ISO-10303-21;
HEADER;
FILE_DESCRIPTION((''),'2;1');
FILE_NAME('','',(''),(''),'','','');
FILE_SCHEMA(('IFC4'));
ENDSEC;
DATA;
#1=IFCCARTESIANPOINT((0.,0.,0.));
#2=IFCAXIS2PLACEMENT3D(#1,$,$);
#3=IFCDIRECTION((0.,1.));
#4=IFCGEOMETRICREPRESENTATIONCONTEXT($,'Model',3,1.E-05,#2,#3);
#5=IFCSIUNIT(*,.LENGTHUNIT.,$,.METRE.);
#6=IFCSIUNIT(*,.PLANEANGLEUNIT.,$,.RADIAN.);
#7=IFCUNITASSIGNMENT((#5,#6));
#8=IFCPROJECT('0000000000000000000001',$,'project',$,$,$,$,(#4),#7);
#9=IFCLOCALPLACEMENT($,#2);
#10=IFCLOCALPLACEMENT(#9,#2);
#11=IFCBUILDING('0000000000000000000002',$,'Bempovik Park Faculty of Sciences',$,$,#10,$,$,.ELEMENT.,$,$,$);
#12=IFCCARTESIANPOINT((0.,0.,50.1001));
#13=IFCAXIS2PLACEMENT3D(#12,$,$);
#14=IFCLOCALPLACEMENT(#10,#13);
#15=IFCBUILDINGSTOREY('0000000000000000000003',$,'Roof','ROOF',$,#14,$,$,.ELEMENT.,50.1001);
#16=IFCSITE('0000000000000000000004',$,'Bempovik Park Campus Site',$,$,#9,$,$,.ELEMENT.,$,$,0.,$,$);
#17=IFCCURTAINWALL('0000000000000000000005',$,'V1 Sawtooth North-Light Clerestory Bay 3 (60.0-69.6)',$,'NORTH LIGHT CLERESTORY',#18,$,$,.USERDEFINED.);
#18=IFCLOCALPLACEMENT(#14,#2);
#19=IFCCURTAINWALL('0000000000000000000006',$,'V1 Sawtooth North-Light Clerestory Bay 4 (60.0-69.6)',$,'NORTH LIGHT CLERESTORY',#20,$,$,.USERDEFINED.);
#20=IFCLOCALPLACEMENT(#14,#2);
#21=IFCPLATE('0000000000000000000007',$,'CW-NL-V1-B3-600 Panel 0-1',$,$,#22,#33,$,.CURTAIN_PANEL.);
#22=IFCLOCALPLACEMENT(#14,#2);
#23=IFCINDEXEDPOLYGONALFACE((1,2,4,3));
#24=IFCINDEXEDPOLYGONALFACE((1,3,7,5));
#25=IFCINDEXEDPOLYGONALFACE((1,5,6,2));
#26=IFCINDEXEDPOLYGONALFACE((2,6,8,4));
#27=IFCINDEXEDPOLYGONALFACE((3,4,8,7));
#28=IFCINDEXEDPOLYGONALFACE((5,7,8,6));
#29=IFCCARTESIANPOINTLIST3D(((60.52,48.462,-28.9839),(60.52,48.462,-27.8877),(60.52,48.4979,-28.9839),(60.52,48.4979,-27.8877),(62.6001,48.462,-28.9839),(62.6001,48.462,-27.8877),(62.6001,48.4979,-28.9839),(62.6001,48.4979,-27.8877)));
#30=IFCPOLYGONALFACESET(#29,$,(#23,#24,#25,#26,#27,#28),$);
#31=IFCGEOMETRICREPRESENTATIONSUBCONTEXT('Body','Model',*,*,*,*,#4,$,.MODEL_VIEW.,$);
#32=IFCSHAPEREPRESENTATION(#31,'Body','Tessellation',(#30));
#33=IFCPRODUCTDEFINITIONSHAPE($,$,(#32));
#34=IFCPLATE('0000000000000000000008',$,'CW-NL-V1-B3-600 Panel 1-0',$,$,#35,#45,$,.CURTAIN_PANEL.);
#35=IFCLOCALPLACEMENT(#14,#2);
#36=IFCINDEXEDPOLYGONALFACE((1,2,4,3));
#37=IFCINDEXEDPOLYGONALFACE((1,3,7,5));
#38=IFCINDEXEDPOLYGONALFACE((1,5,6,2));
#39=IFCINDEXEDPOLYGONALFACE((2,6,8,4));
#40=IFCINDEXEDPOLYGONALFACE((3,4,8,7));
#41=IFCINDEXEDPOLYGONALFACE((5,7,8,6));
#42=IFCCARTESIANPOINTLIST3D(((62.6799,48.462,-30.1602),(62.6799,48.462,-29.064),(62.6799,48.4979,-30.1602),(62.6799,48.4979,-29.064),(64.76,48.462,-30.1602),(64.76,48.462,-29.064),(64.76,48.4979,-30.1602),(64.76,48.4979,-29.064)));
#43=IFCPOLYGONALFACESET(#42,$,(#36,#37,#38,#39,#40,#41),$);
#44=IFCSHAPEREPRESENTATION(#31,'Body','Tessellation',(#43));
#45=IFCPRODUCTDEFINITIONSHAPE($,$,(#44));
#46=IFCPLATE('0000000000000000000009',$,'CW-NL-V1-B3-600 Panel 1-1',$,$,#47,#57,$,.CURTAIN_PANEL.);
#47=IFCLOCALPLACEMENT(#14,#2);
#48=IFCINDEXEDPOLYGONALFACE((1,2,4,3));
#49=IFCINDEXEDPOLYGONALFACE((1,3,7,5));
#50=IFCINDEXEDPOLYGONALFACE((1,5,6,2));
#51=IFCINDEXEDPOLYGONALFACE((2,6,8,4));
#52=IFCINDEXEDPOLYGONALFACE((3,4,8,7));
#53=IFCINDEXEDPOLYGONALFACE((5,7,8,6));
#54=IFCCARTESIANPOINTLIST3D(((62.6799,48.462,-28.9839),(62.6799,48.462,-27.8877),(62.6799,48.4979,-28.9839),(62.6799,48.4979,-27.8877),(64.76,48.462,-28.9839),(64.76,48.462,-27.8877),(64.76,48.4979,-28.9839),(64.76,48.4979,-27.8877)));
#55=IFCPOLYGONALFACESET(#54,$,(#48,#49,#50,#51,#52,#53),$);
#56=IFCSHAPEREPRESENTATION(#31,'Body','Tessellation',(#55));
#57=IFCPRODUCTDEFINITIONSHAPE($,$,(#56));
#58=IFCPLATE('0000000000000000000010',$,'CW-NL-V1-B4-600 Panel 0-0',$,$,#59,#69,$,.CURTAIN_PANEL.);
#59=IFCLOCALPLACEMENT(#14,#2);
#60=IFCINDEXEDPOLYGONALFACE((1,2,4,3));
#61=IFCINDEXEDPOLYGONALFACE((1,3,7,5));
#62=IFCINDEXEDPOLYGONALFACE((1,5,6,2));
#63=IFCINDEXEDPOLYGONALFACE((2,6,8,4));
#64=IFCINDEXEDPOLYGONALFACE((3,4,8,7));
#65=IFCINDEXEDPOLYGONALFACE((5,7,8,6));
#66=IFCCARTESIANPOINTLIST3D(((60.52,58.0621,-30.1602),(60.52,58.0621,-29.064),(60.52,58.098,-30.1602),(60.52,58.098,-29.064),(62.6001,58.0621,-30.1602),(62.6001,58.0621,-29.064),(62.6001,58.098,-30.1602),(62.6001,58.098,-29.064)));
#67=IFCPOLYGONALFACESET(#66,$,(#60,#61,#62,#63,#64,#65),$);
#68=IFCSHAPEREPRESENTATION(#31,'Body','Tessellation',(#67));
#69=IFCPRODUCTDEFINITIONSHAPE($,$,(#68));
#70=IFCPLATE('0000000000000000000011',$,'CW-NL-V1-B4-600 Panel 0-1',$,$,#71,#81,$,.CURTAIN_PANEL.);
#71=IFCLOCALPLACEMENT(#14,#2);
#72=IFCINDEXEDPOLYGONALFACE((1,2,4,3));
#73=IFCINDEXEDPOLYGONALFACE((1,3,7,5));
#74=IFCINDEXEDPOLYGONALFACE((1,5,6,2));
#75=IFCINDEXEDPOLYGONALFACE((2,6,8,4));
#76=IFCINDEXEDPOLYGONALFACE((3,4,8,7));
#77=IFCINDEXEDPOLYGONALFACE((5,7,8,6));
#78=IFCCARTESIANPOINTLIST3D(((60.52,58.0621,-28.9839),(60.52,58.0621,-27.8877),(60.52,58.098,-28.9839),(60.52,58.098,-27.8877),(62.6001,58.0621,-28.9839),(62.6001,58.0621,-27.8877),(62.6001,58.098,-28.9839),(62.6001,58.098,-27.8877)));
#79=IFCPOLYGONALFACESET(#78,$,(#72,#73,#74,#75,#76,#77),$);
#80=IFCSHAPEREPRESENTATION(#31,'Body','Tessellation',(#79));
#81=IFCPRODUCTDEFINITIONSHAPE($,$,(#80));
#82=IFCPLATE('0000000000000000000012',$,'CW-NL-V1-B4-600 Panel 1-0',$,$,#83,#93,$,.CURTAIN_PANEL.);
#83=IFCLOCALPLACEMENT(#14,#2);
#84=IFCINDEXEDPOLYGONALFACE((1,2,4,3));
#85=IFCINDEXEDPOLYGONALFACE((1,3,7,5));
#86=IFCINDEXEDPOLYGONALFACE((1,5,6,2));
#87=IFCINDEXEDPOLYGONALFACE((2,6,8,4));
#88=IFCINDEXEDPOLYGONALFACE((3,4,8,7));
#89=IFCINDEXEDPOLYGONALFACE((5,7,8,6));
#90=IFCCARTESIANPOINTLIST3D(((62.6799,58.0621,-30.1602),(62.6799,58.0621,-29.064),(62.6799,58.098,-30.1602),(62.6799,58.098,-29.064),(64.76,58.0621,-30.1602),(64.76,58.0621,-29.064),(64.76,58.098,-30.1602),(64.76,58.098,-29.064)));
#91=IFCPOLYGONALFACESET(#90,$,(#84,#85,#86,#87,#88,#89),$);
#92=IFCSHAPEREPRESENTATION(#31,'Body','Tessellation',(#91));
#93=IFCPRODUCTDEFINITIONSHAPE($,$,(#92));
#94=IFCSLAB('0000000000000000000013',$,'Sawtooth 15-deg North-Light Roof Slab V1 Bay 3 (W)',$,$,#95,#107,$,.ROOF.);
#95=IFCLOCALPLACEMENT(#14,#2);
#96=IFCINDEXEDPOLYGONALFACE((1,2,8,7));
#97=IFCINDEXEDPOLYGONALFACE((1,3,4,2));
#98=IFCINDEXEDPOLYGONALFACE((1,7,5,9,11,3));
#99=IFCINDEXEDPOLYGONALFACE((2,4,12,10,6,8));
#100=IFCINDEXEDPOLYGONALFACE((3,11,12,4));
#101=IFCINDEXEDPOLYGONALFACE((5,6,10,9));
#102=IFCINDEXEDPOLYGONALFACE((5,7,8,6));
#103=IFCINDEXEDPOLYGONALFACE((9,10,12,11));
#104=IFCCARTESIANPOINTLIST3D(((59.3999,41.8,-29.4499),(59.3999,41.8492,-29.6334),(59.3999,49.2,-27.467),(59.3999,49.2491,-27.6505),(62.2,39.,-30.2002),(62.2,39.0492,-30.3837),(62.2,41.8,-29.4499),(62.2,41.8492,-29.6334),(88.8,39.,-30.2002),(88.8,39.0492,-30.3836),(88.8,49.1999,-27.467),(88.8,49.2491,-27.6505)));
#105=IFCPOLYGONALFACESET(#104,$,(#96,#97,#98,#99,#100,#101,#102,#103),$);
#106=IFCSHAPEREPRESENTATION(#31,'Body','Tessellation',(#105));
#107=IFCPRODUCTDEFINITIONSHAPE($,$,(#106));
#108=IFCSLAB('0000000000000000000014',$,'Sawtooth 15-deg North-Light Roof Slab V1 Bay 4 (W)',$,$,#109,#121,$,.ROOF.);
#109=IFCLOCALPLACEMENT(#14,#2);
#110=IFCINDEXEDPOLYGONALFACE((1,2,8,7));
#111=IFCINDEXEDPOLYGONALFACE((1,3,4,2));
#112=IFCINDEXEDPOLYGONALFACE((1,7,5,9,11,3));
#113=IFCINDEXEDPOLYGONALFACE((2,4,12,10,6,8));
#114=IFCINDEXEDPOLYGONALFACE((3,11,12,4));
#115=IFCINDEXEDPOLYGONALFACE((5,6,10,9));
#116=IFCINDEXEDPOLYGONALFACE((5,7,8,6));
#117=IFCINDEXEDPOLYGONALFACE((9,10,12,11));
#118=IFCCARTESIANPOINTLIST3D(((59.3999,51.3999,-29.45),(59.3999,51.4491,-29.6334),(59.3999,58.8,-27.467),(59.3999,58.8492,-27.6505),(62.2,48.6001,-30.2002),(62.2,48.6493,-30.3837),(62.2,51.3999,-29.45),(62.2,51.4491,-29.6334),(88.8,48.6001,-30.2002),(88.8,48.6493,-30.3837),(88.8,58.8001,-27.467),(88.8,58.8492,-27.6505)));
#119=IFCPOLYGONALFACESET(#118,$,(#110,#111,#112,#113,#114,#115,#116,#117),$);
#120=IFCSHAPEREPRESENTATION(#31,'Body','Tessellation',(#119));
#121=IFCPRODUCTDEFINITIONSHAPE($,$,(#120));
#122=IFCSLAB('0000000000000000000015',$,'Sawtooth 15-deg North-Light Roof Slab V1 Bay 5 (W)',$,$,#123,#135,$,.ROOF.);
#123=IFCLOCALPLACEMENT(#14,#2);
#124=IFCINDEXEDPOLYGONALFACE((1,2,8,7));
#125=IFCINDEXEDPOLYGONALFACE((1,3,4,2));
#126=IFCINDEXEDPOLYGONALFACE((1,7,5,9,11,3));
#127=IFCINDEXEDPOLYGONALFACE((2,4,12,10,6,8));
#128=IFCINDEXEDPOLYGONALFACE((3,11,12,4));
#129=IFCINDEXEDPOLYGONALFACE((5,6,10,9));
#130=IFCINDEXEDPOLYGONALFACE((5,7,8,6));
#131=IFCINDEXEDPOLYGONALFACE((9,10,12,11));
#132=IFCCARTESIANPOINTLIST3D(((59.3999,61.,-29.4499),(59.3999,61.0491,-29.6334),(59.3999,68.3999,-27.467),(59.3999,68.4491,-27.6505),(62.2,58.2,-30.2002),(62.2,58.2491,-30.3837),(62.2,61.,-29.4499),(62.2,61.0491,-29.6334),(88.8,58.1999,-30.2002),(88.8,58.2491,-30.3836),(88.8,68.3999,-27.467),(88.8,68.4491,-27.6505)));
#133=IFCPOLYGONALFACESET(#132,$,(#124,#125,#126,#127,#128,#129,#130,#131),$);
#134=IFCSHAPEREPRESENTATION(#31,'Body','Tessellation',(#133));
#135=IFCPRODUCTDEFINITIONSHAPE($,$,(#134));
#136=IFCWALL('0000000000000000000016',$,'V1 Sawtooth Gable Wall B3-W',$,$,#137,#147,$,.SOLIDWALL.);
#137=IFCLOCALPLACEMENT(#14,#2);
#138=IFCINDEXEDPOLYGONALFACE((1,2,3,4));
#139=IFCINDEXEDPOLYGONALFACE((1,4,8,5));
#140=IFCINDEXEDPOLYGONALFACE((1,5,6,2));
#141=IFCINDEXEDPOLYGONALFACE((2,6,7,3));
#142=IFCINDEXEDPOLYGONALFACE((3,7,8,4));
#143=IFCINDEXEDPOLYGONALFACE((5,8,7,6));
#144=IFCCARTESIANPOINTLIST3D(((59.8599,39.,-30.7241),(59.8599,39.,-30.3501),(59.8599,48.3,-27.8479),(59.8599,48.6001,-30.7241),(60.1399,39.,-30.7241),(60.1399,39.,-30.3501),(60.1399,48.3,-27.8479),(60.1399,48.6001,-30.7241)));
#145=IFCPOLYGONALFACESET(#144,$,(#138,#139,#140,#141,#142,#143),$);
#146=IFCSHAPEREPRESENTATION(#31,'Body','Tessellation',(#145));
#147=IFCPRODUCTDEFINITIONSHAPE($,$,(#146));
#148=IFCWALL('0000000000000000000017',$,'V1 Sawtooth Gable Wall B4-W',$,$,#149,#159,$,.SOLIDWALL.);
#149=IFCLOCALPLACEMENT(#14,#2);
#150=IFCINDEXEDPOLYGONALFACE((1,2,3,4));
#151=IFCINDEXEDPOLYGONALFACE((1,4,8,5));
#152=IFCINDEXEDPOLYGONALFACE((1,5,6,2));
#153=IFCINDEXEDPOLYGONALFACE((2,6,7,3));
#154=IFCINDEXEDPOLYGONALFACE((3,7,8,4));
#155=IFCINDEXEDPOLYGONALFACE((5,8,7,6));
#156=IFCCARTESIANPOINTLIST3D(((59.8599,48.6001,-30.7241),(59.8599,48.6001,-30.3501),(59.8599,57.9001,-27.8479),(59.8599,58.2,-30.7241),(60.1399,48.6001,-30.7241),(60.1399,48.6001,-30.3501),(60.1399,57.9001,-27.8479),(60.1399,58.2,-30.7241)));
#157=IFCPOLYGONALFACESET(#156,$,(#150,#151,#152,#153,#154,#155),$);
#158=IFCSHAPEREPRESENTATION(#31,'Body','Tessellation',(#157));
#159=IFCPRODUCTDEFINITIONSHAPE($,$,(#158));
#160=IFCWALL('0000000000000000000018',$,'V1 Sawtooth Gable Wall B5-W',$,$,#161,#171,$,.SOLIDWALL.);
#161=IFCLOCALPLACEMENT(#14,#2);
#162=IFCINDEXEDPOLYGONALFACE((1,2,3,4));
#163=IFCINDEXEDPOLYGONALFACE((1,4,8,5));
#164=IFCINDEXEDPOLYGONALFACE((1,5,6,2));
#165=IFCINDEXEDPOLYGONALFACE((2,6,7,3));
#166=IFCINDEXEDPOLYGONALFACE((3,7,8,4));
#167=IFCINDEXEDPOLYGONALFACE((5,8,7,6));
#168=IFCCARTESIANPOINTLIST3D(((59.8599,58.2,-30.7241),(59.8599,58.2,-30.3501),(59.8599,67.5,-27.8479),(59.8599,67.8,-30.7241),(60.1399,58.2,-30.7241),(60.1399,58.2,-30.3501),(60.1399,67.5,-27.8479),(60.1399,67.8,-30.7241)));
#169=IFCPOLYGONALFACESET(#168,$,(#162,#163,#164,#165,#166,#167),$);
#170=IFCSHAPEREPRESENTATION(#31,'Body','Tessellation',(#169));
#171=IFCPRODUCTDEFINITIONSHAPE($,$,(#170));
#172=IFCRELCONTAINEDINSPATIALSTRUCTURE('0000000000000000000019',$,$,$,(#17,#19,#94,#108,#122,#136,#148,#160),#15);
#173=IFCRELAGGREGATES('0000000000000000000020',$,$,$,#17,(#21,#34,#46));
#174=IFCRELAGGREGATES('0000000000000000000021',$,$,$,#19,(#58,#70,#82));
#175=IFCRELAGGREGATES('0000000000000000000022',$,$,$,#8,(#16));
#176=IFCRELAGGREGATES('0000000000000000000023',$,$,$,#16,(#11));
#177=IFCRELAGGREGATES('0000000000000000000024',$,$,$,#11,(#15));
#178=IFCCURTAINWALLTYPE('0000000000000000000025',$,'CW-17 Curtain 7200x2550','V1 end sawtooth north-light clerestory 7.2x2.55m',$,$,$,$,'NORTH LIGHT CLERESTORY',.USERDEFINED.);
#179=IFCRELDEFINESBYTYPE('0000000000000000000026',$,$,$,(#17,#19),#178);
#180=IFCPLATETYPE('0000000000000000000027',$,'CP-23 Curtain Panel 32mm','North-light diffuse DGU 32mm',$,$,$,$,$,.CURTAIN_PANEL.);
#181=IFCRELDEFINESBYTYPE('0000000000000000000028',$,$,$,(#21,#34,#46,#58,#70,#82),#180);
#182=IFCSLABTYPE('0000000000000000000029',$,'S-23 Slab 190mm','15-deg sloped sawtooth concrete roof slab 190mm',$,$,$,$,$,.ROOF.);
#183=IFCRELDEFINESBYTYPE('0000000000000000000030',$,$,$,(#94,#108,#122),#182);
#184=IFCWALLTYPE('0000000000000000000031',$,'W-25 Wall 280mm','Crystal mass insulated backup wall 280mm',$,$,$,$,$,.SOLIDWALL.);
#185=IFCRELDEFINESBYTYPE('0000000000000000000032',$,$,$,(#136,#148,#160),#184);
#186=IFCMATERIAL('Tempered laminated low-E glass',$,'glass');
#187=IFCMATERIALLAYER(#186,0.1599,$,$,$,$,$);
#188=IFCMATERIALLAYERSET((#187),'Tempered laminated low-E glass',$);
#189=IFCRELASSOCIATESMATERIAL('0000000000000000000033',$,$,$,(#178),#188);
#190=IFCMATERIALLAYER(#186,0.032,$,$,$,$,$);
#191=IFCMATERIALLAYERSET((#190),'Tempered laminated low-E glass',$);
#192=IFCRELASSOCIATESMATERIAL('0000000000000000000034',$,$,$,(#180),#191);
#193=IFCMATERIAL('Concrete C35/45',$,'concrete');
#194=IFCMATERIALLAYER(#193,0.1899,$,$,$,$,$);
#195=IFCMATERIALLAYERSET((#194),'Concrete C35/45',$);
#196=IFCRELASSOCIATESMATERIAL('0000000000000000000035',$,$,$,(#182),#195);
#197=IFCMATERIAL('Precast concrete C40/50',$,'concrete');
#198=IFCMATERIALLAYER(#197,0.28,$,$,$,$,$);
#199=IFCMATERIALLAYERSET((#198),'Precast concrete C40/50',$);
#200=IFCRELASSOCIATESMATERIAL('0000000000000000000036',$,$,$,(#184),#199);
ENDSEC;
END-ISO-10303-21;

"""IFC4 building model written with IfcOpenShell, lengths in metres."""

from ifc_helpers import new_model, si_unit, direction, frame, origin, origin_2d, place, context, subcontext, project, spatial, polyline, rectangle, outline, extrude, material, layer, layer_set, type_object, element, aggregate, save


model = new_model("IFC4")

# Units and contexts
model_context = context("Model", 3, precision=1e-05, world=origin(), true_north=direction((0.0, 1.0)))
body_context = subcontext(model_context, "Body", "Model", "MODEL_VIEW")
ifc_project = project(units=[si_unit("LENGTHUNIT", "METRE"), si_unit("PLANEANGLEUNIT", "RADIAN")], contexts=[model_context])

# Site, building, storey
site_placement = place(None, origin())
site = spatial("IfcSite", under=ifc_project, at=site_placement, Name="Bempovik Park Campus Site", CompositionType="ELEMENT", RefElevation=0.0)
building_placement = place(site_placement, origin())
building = spatial("IfcBuilding", under=site, at=building_placement, Name="Bempovik Park Faculty of Sciences", CompositionType="ELEMENT")
storey_placement = place(building_placement, frame((0.0, 0.0, 50.1001)))
storey = spatial("IfcBuildingStorey", under=building, at=storey_placement, Name="Roof", Description="ROOF", CompositionType="ELEMENT", Elevation=50.1001)

# Curtain walls
ifc_material_1 = material(Name="Tempered laminated low-E glass", Category="glass")
ifc_layer_1 = layer(ifc_material_1, 0.1599)
ifc_layer_set_1 = layer_set([ifc_layer_1], Name="Tempered laminated low-E glass")
curtain_wall_type = type_object("IfcCurtainWallType", Name="CW-17 Curtain 7200x2550", Description="V1 end sawtooth north-light clerestory 7.2x2.55m", ElementType="NORTH LIGHT CLERESTORY", PredefinedType="USERDEFINED", material=ifc_layer_set_1)
curtain_wall_1_placement = place(storey_placement, origin())
curtain_wall_1 = element("IfcCurtainWall", 1, at=curtain_wall_1_placement, inside=storey, type_object=curtain_wall_type, Name="V1 Sawtooth North-Light Clerestory Bay 3 (60.0-69.6)", ObjectType="NORTH LIGHT CLERESTORY", PredefinedType="USERDEFINED")
curtain_wall_2_placement = place(storey_placement, origin())
curtain_wall_2 = element("IfcCurtainWall", 2, at=curtain_wall_2_placement, inside=storey, type_object=curtain_wall_type, Name="V1 Sawtooth North-Light Clerestory Bay 4 (60.0-69.6)", ObjectType="NORTH LIGHT CLERESTORY", PredefinedType="USERDEFINED")

# Shared definitions
ifc_layer_2 = layer(ifc_material_1, 0.032)
ifc_layer_set_2 = layer_set([ifc_layer_2], Name="Tempered laminated low-E glass")
plate_type = type_object("IfcPlateType", Name="CP-23 Curtain Panel 32mm", Description="North-light diffuse DGU 32mm", PredefinedType="CURTAIN_PANEL", material=ifc_layer_set_2)

# Plates
plate_1_placement = place(storey_placement, frame((61.5601, 48.48, -28.9839), z_axis=(0.0, 0.0, 1.0), x_axis=(1.0, 0.0, 0.0)))
plate_1 = element("IfcPlate", 3, at=plate_1_placement, type_object=plate_type, Name="CW-NL-V1-B3-600 Panel 0-1", PredefinedType="CURTAIN_PANEL", context=body_context, shape_type="SweptSolid", body=[
    extrude(rectangle(XDim=2.0801, YDim=0.0359, at=origin_2d()), origin(), (0.0, 0.0, 1.0), 1.0962),
])
plate_2_placement = place(storey_placement, frame((63.72, 48.48, -30.1602), z_axis=(0.0, 0.0, 1.0), x_axis=(1.0, 0.0, 0.0)))
plate_2 = element("IfcPlate", 4, at=plate_2_placement, type_object=plate_type, Name="CW-NL-V1-B3-600 Panel 1-0", PredefinedType="CURTAIN_PANEL", context=body_context, shape_type="SweptSolid", body=[
    extrude(rectangle(XDim=2.0801, YDim=0.0359, at=origin_2d()), origin(), (0.0, 0.0, 1.0), 1.0962),
])
plate_3_placement = place(storey_placement, frame((63.72, 48.48, -28.9839), z_axis=(0.0, 0.0, 1.0), x_axis=(1.0, 0.0, 0.0)))
plate_3 = element("IfcPlate", 5, at=plate_3_placement, type_object=plate_type, Name="CW-NL-V1-B3-600 Panel 1-1", PredefinedType="CURTAIN_PANEL", context=body_context, shape_type="SweptSolid", body=[
    extrude(rectangle(XDim=2.0801, YDim=0.0359, at=origin_2d()), origin(), (0.0, 0.0, 1.0), 1.0962),
])
aggregate(curtain_wall_1, [plate_1, plate_2, plate_3])
plate_4_placement = place(storey_placement, frame((61.5601, 58.0801, -30.1602), z_axis=(0.0, 0.0, 1.0), x_axis=(1.0, 0.0, 0.0)))
plate_4 = element("IfcPlate", 6, at=plate_4_placement, type_object=plate_type, Name="CW-NL-V1-B4-600 Panel 0-0", PredefinedType="CURTAIN_PANEL", context=body_context, shape_type="SweptSolid", body=[
    extrude(rectangle(XDim=2.0801, YDim=0.0359, at=origin_2d()), origin(), (0.0, 0.0, 1.0), 1.0962),
])
plate_5_placement = place(storey_placement, frame((61.5601, 58.0801, -28.9839), z_axis=(0.0, 0.0, 1.0), x_axis=(1.0, 0.0, 0.0)))
plate_5 = element("IfcPlate", 7, at=plate_5_placement, type_object=plate_type, Name="CW-NL-V1-B4-600 Panel 0-1", PredefinedType="CURTAIN_PANEL", context=body_context, shape_type="SweptSolid", body=[
    extrude(rectangle(XDim=2.0801, YDim=0.0359, at=origin_2d()), origin(), (0.0, 0.0, 1.0), 1.0962),
])
plate_6_placement = place(storey_placement, frame((63.72, 58.0801, -30.1602), z_axis=(0.0, 0.0, 1.0), x_axis=(1.0, 0.0, 0.0)))
plate_6 = element("IfcPlate", 8, at=plate_6_placement, type_object=plate_type, Name="CW-NL-V1-B4-600 Panel 1-0", PredefinedType="CURTAIN_PANEL", context=body_context, shape_type="SweptSolid", body=[
    extrude(rectangle(XDim=2.0801, YDim=0.0359, at=origin_2d()), origin(), (0.0, 0.0, 1.0), 1.0962),
])
aggregate(curtain_wall_2, [plate_4, plate_5, plate_6])

# Slabs
ifc_material_2 = material(Name="Concrete C35/45", Category="concrete")
ifc_layer_3 = layer(ifc_material_2, 0.1899)
ifc_layer_set_3 = layer_set([ifc_layer_3], Name="Concrete C35/45")
slab_type = type_object("IfcSlabType", Name="S-23 Slab 190mm", Description="15-deg sloped sawtooth concrete roof slab 190mm", PredefinedType="ROOF", material=ifc_layer_set_3)
slab_1_placement = place(storey_placement, frame((62.2, 39.0, -30.2002), z_axis=(-0.000001, -0.258827, 0.965924), x_axis=(1.0, 0.0, 0.000001)))
element("IfcSlab", 9, at=slab_1_placement, inside=storey, type_object=slab_type, Name="Sawtooth 15-deg North-Light Roof Slab V1 Bay 3 (W)", PredefinedType="ROOF", context=body_context, shape_type="SweptSolid", body=[
    extrude(outline(polyline([(0.0, 0.0), (26.6001, 0.0), (26.6001, 10.5598), (-2.8, 10.5598), (-2.8, 2.8988), (0.0, 2.8988), (0.0, 0.0)])), origin(), (0.0, 0.0, -1.0), 0.1899),
])
slab_2_placement = place(storey_placement, frame((62.2, 48.6001, -30.2002), z_axis=(0.0, -0.258826, 0.965924), x_axis=(1.0, 0.0, 0.0)))
element("IfcSlab", 10, at=slab_2_placement, inside=storey, type_object=slab_type, Name="Sawtooth 15-deg North-Light Roof Slab V1 Bay 4 (W)", PredefinedType="ROOF", context=body_context, shape_type="SweptSolid", body=[
    extrude(outline(polyline([(0.0, 0.0), (26.6001, 0.0), (26.6001, 10.5598), (-2.8, 10.5598), (-2.8, 2.8986), (0.0, 2.8986), (0.0, 0.0)])), origin(), (0.0, 0.0, -1.0), 0.1899),
])
slab_3_placement = place(storey_placement, frame((62.2, 58.2, -30.2002), z_axis=(-0.000001, -0.258827, 0.965924), x_axis=(1.0, 0.0, 0.000001)))
element("IfcSlab", 11, at=slab_3_placement, inside=storey, type_object=slab_type, Name="Sawtooth 15-deg North-Light Roof Slab V1 Bay 5 (W)", PredefinedType="ROOF", context=body_context, shape_type="SweptSolid", body=[
    extrude(outline(polyline([(0.0, 0.0), (26.6001, 0.0), (26.6001, 10.5598), (-2.8, 10.5598), (-2.8, 2.8988), (0.0, 2.8988), (0.0, 0.0)])), origin(), (0.0, 0.0, -1.0), 0.1899),
])

# Walls
ifc_material_3 = material(Name="Precast concrete C40/50", Category="concrete")
ifc_layer_4 = layer(ifc_material_3, 0.28)
ifc_layer_set_4 = layer_set([ifc_layer_4], Name="Precast concrete C40/50")
wall_type = type_object("IfcWallType", Name="W-25 Wall 280mm", Description="Crystal mass insulated backup wall 280mm", PredefinedType="SOLIDWALL", material=ifc_layer_set_4)
wall_1_placement = place(storey_placement, frame((60.0, 39.0, -30.7241), z_axis=(0.0, 0.0, 1.0), x_axis=(0.0, 1.0, 0.0)))
element("IfcWall", 12, at=wall_1_placement, inside=storey, type_object=wall_type, Name="V1 Sawtooth Gable Wall B3-W", PredefinedType="SOLIDWALL", context=body_context, shape_type="SweptSolid", body=[
    extrude(outline(polyline([(0.0, 0.0), (9.6001, 0.0), (9.3, 2.8762), (0.0, 0.374), (0.0, 0.0)])), frame((0.0, 0.1401, 0.0), z_axis=(0.0, -1.0, 0.0), x_axis=(1.0, 0.0, 0.0)), (0.0, 0.0, 1.0), 0.28),
])
wall_2_placement = place(storey_placement, frame((60.0, 48.6001, -30.7241), z_axis=(0.0, 0.0, 1.0), x_axis=(0.0, 1.0, 0.0)))
element("IfcWall", 13, at=wall_2_placement, inside=storey, type_object=wall_type, Name="V1 Sawtooth Gable Wall B4-W", PredefinedType="SOLIDWALL", context=body_context, shape_type="SweptSolid", body=[
    extrude(outline(polyline([(0.0, 0.0), (9.5999, 0.0), (9.3, 2.8762), (0.0, 0.374), (0.0, 0.0)])), frame((0.0, 0.1401, 0.0), z_axis=(0.0, -1.0, 0.0), x_axis=(1.0, 0.0, 0.0)), (0.0, 0.0, 1.0), 0.28),
])
wall_3_placement = place(storey_placement, frame((60.0, 58.2, -30.7241), z_axis=(0.0, 0.0, 1.0), x_axis=(0.0, 1.0, 0.0)))
element("IfcWall", 14, at=wall_3_placement, inside=storey, type_object=wall_type, Name="V1 Sawtooth Gable Wall B5-W", PredefinedType="SOLIDWALL", context=body_context, shape_type="SweptSolid", body=[
    extrude(outline(polyline([(0.0, 0.0), (9.6001, 0.0), (9.3, 2.8762), (0.0, 0.374), (0.0, 0.0)])), frame((0.0, 0.1401, 0.0), z_axis=(0.0, -1.0, 0.0), x_axis=(1.0, 0.0, 0.0)), (0.0, 0.0, 1.0), 0.28),
])

save(model, "model.ifc")
